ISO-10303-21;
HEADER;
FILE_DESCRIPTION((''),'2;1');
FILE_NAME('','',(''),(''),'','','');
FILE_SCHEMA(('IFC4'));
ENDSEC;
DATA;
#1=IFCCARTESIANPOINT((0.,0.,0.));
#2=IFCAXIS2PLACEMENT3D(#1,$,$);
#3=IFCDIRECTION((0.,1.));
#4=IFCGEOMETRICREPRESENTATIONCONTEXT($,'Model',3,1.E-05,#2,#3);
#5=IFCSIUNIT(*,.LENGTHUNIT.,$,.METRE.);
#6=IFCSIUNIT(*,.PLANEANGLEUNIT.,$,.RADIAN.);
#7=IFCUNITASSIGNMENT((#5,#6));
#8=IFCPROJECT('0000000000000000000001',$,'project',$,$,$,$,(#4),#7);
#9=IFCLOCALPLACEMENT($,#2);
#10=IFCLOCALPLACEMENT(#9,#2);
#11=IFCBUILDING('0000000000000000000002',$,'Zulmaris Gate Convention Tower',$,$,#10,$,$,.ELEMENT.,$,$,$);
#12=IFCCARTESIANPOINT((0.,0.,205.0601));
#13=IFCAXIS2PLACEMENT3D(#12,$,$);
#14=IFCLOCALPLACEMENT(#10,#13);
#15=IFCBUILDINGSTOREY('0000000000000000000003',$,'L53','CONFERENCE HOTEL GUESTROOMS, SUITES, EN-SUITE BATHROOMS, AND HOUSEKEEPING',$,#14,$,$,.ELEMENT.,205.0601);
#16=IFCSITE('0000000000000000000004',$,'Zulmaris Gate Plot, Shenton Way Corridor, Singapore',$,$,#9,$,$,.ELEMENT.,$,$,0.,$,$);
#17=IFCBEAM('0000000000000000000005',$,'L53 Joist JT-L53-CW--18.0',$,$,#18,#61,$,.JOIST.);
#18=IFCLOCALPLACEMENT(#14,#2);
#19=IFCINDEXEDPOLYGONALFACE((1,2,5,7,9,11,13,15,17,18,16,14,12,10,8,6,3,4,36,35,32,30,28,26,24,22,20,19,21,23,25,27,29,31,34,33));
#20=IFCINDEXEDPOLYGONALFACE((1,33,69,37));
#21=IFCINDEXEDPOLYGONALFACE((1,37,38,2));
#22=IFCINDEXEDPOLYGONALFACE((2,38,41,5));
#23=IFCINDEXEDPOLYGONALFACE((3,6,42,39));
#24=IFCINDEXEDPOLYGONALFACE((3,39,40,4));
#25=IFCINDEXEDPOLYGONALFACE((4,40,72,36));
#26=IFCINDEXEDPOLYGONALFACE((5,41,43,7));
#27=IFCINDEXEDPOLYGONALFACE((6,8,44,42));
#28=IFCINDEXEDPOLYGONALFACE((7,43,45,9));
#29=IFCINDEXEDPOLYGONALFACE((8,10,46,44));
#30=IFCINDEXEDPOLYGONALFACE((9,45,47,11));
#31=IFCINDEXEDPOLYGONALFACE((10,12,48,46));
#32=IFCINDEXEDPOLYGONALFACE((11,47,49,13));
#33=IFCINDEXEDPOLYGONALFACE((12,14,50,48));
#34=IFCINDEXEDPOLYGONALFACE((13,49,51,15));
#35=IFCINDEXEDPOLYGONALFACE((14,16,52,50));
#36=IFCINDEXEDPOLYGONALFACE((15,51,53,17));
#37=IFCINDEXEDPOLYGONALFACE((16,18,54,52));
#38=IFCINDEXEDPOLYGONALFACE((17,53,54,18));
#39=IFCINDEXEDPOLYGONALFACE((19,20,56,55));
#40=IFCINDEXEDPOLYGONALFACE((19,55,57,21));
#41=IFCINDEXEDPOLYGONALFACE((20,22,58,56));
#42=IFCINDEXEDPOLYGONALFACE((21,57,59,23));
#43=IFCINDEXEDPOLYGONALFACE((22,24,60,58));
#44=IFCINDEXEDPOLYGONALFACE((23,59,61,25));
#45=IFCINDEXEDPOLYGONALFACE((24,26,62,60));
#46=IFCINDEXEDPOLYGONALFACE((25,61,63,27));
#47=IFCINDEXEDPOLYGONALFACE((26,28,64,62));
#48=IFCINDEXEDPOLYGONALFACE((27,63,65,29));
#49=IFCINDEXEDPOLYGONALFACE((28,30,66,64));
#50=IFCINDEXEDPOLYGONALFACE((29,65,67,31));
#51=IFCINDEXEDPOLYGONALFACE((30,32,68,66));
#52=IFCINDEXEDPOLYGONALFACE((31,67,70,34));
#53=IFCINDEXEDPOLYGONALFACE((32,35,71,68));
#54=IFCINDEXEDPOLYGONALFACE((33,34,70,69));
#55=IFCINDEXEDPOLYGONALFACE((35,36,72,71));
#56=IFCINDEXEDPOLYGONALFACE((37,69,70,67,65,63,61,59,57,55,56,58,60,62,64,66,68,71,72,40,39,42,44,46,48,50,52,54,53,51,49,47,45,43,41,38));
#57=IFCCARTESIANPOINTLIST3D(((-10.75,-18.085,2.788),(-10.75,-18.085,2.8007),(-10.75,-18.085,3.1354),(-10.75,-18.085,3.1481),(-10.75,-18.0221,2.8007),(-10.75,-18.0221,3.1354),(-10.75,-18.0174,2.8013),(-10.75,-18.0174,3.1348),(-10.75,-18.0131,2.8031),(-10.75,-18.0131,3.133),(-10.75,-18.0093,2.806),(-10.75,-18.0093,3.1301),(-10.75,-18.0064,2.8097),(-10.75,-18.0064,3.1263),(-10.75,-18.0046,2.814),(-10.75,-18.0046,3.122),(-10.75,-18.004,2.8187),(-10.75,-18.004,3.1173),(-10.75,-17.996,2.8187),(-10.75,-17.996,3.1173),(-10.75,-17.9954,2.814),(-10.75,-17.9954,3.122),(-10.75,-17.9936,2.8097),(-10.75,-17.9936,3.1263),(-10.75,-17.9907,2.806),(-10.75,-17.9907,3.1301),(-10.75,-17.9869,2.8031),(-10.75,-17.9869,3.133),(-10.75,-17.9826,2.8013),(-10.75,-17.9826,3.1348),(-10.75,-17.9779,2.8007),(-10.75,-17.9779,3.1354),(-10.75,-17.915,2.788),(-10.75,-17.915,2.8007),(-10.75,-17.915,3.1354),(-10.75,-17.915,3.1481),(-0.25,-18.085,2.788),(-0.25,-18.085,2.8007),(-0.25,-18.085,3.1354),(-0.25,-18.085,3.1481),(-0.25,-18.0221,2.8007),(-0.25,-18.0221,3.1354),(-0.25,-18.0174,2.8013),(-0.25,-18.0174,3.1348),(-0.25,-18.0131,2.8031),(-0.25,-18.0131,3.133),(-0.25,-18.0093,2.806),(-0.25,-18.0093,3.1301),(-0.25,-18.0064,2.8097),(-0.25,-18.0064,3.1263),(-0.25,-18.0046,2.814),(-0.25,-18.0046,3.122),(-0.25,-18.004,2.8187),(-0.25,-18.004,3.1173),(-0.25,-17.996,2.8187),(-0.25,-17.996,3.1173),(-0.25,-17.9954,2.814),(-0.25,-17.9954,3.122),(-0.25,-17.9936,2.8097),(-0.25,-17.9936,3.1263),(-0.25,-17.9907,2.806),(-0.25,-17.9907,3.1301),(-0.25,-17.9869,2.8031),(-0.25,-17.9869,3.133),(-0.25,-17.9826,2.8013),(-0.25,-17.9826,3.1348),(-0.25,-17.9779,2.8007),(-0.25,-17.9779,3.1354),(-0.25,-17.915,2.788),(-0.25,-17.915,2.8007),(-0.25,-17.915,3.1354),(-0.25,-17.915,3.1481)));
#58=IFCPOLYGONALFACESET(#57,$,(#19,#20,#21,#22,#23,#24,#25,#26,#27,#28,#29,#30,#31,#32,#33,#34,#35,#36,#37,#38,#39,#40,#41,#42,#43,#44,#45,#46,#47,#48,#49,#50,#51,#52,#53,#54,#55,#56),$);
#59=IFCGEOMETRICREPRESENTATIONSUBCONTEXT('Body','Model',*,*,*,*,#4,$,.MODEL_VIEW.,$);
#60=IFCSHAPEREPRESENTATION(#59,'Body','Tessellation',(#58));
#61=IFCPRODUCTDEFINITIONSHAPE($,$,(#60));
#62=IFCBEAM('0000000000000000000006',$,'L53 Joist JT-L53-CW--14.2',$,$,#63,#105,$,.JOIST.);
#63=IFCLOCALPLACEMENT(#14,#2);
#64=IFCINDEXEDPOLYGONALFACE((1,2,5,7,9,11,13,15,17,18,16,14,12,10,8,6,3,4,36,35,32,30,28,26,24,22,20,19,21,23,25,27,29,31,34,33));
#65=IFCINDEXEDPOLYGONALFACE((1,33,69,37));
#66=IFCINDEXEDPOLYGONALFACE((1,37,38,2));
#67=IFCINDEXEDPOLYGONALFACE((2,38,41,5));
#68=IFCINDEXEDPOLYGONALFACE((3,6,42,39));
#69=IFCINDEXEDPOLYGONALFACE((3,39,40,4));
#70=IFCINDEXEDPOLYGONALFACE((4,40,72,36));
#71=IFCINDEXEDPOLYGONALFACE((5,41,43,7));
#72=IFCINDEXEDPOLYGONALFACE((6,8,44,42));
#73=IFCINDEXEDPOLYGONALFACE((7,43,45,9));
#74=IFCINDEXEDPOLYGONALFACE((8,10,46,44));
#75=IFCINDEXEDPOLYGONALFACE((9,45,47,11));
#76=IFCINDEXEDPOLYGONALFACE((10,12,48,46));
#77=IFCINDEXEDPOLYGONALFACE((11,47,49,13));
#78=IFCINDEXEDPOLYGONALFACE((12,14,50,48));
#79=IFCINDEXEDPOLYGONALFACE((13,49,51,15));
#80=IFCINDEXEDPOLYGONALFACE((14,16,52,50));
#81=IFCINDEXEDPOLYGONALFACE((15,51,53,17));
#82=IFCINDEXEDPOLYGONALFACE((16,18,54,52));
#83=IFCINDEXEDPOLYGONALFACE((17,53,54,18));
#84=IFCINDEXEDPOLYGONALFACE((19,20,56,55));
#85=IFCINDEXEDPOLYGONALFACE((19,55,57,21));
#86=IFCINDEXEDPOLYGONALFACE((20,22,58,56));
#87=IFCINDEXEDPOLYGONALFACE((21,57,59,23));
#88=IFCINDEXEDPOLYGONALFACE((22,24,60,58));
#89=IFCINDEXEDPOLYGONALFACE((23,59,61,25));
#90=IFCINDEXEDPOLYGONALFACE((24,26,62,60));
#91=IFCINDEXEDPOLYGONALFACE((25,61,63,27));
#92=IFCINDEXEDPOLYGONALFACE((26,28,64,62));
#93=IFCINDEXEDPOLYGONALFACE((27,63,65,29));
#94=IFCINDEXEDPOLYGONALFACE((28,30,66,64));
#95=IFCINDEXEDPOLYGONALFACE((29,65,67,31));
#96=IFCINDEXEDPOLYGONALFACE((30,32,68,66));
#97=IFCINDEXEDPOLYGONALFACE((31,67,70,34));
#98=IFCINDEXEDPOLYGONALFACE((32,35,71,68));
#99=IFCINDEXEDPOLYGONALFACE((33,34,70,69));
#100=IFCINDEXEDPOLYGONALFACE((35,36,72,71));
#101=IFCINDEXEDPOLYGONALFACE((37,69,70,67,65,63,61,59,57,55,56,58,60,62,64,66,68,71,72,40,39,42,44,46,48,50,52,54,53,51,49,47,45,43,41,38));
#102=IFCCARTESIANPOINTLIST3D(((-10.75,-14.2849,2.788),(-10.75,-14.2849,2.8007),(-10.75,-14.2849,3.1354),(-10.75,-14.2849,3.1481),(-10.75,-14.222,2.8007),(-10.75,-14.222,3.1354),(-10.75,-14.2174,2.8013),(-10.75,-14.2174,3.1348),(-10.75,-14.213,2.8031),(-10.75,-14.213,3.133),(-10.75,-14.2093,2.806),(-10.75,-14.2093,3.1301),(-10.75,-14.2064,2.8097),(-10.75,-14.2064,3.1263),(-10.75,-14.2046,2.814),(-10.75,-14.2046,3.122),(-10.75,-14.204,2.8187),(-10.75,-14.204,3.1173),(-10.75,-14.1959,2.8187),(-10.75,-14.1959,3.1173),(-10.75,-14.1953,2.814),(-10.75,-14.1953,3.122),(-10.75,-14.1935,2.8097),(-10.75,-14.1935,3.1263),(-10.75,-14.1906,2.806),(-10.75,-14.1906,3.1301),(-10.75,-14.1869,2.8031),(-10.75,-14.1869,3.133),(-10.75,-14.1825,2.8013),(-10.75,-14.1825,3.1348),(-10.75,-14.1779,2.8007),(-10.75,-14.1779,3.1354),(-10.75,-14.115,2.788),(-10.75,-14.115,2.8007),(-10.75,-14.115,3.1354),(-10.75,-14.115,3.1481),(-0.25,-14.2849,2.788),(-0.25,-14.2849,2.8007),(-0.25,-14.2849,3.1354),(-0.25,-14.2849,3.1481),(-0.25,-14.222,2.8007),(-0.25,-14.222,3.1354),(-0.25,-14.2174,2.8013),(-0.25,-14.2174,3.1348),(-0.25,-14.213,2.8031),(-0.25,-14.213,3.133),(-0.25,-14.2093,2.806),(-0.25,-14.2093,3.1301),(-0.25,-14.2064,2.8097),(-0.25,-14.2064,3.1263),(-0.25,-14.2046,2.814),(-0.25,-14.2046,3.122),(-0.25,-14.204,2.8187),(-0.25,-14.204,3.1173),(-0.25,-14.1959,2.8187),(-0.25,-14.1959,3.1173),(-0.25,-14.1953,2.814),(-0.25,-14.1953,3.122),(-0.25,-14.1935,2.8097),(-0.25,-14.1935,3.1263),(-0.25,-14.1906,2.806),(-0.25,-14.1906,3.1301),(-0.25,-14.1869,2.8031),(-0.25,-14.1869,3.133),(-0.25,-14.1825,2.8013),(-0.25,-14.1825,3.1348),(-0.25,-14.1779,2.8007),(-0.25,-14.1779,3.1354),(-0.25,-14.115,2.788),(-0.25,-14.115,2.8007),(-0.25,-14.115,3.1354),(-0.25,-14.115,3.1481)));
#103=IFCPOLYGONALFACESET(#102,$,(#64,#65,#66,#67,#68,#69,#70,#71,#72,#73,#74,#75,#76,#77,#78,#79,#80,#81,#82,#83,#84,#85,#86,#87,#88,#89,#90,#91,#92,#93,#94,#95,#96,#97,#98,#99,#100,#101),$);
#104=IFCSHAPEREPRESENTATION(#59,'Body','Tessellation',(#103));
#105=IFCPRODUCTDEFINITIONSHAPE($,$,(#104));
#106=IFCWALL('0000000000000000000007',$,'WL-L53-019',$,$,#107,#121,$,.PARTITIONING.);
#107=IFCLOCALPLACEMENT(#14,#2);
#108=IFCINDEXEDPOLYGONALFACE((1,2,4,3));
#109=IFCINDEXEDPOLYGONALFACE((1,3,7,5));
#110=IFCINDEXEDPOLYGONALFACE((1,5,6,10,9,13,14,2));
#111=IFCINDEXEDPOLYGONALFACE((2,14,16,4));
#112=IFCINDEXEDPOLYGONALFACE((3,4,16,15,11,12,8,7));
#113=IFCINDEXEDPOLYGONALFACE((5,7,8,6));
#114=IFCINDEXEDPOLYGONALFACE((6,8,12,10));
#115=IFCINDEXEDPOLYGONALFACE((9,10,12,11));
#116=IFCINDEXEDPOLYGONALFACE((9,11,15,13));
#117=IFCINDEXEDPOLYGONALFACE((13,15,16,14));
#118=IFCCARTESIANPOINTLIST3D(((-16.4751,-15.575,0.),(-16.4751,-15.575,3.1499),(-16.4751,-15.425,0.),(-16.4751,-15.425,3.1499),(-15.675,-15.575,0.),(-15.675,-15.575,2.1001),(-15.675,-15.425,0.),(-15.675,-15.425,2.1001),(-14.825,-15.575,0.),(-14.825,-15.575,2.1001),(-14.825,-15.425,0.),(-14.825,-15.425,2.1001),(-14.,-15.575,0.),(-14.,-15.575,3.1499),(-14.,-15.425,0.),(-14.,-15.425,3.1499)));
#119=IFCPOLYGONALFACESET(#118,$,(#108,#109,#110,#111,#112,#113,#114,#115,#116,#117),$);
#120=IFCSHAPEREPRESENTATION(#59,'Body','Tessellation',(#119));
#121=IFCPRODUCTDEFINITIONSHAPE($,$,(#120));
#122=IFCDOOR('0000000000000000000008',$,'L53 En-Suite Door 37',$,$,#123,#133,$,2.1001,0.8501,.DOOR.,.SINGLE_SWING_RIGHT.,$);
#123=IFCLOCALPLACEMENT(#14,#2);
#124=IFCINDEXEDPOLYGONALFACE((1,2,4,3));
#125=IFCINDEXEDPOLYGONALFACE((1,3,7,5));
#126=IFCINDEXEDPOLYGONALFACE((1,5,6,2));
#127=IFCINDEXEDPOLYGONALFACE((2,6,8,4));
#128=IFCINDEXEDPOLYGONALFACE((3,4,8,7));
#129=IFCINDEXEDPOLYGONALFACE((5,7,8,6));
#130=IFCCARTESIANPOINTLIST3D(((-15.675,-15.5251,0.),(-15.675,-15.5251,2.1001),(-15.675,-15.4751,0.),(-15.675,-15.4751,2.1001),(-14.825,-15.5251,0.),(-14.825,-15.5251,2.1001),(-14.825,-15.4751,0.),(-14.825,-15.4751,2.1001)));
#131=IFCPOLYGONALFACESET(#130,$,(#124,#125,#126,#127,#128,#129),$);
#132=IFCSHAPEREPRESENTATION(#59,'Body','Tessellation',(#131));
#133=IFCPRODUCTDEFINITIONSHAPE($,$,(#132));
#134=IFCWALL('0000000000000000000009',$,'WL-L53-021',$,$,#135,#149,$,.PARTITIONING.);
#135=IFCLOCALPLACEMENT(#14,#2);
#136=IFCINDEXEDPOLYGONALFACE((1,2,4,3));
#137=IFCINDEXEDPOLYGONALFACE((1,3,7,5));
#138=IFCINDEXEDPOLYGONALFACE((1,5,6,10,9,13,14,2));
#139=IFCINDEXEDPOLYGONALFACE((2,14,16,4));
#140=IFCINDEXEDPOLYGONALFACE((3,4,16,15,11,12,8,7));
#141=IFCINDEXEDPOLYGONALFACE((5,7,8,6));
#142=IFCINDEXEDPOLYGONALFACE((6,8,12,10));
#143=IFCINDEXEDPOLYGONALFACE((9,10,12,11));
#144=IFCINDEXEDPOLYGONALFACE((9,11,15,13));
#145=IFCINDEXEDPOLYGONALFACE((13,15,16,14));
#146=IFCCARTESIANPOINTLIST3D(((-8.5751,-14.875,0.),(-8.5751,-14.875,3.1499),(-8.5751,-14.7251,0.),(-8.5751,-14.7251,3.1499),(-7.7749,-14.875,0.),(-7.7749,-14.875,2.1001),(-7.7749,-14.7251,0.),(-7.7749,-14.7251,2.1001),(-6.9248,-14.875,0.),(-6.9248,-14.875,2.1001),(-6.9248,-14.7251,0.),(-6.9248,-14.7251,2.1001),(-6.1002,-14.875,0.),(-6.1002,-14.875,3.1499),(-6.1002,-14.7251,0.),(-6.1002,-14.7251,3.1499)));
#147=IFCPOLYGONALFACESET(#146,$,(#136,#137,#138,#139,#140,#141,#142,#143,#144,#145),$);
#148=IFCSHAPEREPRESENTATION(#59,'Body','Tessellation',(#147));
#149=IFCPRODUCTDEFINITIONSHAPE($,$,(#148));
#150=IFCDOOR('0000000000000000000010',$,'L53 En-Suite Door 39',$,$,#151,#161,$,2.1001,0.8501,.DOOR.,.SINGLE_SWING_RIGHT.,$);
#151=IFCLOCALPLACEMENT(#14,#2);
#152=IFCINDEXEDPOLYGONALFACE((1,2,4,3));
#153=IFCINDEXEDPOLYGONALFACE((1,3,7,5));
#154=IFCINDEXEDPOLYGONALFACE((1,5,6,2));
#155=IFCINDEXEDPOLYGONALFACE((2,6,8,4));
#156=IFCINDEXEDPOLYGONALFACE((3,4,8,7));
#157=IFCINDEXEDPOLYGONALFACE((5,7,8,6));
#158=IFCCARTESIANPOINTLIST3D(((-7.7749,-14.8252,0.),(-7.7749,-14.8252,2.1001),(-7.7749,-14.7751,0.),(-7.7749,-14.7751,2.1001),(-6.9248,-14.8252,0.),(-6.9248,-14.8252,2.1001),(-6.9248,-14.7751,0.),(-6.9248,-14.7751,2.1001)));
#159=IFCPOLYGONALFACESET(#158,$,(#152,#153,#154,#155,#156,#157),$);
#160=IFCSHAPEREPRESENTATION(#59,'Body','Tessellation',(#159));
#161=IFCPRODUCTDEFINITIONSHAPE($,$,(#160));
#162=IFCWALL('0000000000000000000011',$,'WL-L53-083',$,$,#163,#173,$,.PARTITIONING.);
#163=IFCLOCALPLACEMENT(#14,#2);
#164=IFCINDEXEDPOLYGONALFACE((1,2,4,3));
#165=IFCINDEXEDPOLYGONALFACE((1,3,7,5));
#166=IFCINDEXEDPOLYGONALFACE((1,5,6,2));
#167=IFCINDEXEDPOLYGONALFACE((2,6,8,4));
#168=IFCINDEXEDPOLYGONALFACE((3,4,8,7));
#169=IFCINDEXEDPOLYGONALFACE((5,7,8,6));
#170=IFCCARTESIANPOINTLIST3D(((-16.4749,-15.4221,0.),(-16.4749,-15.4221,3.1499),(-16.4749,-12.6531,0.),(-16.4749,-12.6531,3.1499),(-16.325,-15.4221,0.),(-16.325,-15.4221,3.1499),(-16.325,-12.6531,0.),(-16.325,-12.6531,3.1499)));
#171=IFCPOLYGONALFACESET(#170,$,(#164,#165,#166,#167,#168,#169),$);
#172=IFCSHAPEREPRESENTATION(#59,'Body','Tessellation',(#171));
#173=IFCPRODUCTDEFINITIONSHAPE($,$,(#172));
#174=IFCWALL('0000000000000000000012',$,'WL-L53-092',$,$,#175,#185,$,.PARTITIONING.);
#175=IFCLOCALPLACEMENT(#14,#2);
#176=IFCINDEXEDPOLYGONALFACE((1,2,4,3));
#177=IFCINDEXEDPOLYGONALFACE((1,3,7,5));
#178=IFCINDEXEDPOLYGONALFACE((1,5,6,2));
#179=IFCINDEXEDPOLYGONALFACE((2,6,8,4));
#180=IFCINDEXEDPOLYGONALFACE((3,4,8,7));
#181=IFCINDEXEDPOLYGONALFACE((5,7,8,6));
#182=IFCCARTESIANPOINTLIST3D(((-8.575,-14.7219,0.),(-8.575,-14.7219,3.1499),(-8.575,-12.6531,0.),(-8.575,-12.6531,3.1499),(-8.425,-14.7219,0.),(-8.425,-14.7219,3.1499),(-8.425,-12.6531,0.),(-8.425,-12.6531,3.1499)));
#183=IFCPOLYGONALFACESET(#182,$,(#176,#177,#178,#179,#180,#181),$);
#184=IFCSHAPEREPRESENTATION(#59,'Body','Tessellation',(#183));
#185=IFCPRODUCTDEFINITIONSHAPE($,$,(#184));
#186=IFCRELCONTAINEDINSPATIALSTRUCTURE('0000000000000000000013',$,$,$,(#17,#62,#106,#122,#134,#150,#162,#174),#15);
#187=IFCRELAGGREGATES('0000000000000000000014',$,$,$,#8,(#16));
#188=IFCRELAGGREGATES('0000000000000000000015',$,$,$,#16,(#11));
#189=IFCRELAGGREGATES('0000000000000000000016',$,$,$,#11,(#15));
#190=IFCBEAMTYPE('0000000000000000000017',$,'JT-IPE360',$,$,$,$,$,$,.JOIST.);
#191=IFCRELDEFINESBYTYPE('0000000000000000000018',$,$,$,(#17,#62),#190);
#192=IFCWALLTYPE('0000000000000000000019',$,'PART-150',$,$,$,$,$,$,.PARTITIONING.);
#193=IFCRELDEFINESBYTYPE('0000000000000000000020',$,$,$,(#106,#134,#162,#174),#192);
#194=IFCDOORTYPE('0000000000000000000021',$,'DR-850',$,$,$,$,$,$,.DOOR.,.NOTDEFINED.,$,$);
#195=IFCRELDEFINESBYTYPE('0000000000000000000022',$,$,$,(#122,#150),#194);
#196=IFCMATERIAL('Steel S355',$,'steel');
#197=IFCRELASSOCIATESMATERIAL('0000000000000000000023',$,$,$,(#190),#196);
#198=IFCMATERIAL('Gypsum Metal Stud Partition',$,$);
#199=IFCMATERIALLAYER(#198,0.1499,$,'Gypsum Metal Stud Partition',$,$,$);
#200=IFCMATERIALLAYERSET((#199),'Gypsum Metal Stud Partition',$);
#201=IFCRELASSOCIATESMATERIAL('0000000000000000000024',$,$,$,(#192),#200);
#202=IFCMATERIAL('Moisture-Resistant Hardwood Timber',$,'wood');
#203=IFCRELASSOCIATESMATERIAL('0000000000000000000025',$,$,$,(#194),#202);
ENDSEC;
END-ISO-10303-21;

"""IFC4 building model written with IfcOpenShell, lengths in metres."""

from ifc_helpers import new_model, si_unit, direction, frame, frame_2d, origin, origin_2d, place, context, subcontext, project, spatial, rectangle, i_section, extrude, material, layer, layer_set, material_profile, profile_set, type_object, element, fill, save


model = new_model("IFC4")

# Units and contexts
model_context = context("Model", 3, precision=1e-05, world=origin(), true_north=direction((0.0, 1.0)))
body_context = subcontext(model_context, "Body", "Model", "MODEL_VIEW")
ifc_project = project(units=[si_unit("LENGTHUNIT", "METRE"), si_unit("PLANEANGLEUNIT", "RADIAN")], contexts=[model_context])

# Site, building, storey
site_placement = place(None, origin())
site = spatial("IfcSite", under=ifc_project, at=site_placement, Name="Zulmaris Gate Plot, Shenton Way Corridor, Singapore", CompositionType="ELEMENT", RefElevation=0.0)
building_placement = place(site_placement, origin())
building = spatial("IfcBuilding", under=site, at=building_placement, Name="Zulmaris Gate Convention Tower", CompositionType="ELEMENT")
storey_placement = place(building_placement, frame((0.0, 0.0, 205.0601)))
storey = spatial("IfcBuildingStorey", under=building, at=storey_placement, Name="L53", Description="CONFERENCE HOTEL GUESTROOMS, SUITES, EN-SUITE BATHROOMS, AND HOUSEKEEPING", CompositionType="ELEMENT", Elevation=205.0601)

# Beams
ifc_material_1 = material(Name="Steel S355", Category="steel")
ifc_material_profile_1 = material_profile(ifc_material_1, i_section(OverallWidth=0.1699, OverallDepth=0.3601, WebThickness=0.0081, FlangeThickness=0.0127, FilletRadius=0.0181, at=origin_2d()), Name="IPE 360")
ifc_profile_set_1 = profile_set([ifc_material_profile_1], Name="Steel S355")
beam_type_1 = type_object("IfcBeamType", Name="JT-IPE360", PredefinedType="JOIST", material=ifc_profile_set_1)
for number, where, z_axis, x_axis, name in (
    (1, (-10.75, -18.0, 2.968), (1.0, 0.0, 0.0), (0.0, 1.0, 0.0), "L53 Joist JT-L53-CW--18.0"),
    (2, (-10.75, -14.2, 2.968), (1.0, 0.0, 0.0), (0.0, 1.0, 0.0), "L53 Joist JT-L53-CW--14.2"),
):
    element("IfcBeam", number, at=place(storey_placement, frame(where, z_axis=z_axis, x_axis=x_axis)), inside=storey, type_object=beam_type_1, Name=name, PredefinedType="JOIST", context=body_context, shape_type="SweptSolid", body=[
        extrude(i_section(OverallWidth=0.1699, OverallDepth=0.3601, WebThickness=0.0081, FlangeThickness=0.0127, FilletRadius=0.0181, at=origin_2d()), origin(), (0.0, 0.0, 1.0), 10.5),
    ])

# Walls, openings, doors
ifc_material_2 = material(Name="Gypsum Metal Stud Partition")
ifc_layer_1 = layer(ifc_material_2, 0.1499, Name="Gypsum Metal Stud Partition")
ifc_layer_set_1 = layer_set([ifc_layer_1], Name="Gypsum Metal Stud Partition")
wall_type_1 = type_object("IfcWallType", Name="PART-150", PredefinedType="PARTITIONING", material=ifc_layer_set_1)
wall_1_placement = place(storey_placement, frame((-16.4751, -15.5, 0.0), z_axis=(0.0, 0.0, 1.0), x_axis=(1.0, 0.0, 0.0)))
wall_1 = element("IfcWall", 3, at=wall_1_placement, inside=storey, type_object=wall_type_1, Name="WL-L53-019", PredefinedType="PARTITIONING", context=body_context, shape_type="SweptSolid", body=[
    extrude(rectangle(XDim=2.4751, YDim=0.1499, at=frame_2d((1.2375, 0.0))), origin(), (0.0, 0.0, 1.0), 3.1499),
])
opening_1_placement = place(wall_1_placement, frame((0.8, 0.0, 0.0)))
opening_1 = element("IfcOpeningElement", 4, at=opening_1_placement, cuts=wall_1, PredefinedType="OPENING", context=body_context, shape_type="SweptSolid", body=[
    extrude(rectangle(XDim=0.8501, YDim=2.1001, at=frame_2d((0.425, 1.05))), frame((0.0, 0.085, 0.0), z_axis=(0.0, -1.0, 0.0), x_axis=(1.0, 0.0, 0.0)), (0.0, 0.0, 1.0), 0.1699),
])
ifc_material_3 = material(Name="Moisture-Resistant Hardwood Timber", Category="wood")
door_type_1 = type_object("IfcDoorType", Name="DR-850", OperationType="NOTDEFINED", PredefinedType="DOOR", material=ifc_material_3)
door_1_placement = place(opening_1_placement, origin())
door_1 = element("IfcDoor", 5, at=door_1_placement, inside=storey, type_object=door_type_1, Name="L53 En-Suite Door 37", OperationType="SINGLE_SWING_RIGHT", OverallHeight=2.1001, OverallWidth=0.8501, PredefinedType="DOOR", context=body_context, shape_type="SweptSolid", body=[
    extrude(rectangle(XDim=0.8501, YDim=2.1001, at=frame_2d((0.425, 1.05))), frame((0.0, 0.0249, 0.0), z_axis=(0.0, -1.0, 0.0), x_axis=(1.0, 0.0, 0.0)), (0.0, 0.0, 1.0), 0.05),
])
fill(opening_1, door_1)
wall_2_placement = place(storey_placement, frame((-8.575, -14.8, 0.0), z_axis=(0.0, 0.0, 1.0), x_axis=(1.0, 0.0, 0.0)))
wall_2 = element("IfcWall", 6, at=wall_2_placement, inside=storey, type_object=wall_type_1, Name="WL-L53-021", PredefinedType="PARTITIONING", context=body_context, shape_type="SweptSolid", body=[
    extrude(rectangle(XDim=2.4749, YDim=0.1499, at=frame_2d((1.2373, 0.0))), origin(), (0.0, 0.0, 1.0), 3.1499),
])
opening_2_placement = place(wall_2_placement, frame((0.8, 0.0, 0.0)))
opening_2 = element("IfcOpeningElement", 7, at=opening_2_placement, cuts=wall_2, PredefinedType="OPENING", context=body_context, shape_type="SweptSolid", body=[
    extrude(rectangle(XDim=0.8501, YDim=2.1001, at=frame_2d((0.425, 1.05))), frame((0.0, 0.085, 0.0), z_axis=(0.0, -1.0, 0.0), x_axis=(1.0, 0.0, 0.0)), (0.0, 0.0, 1.0), 0.1699),
])
door_2_placement = place(opening_2_placement, origin())
door_2 = element("IfcDoor", 8, at=door_2_placement, inside=storey, type_object=door_type_1, Name="L53 En-Suite Door 39", OperationType="SINGLE_SWING_RIGHT", OverallHeight=2.1001, OverallWidth=0.8501, PredefinedType="DOOR", context=body_context, shape_type="SweptSolid", body=[
    extrude(rectangle(XDim=0.8501, YDim=2.1001, at=frame_2d((0.425, 1.05))), frame((0.0, 0.0249, 0.0), z_axis=(0.0, -1.0, 0.0), x_axis=(1.0, 0.0, 0.0)), (0.0, 0.0, 1.0), 0.05),
])
fill(opening_2, door_2)

# Walls
wall_3_placement = place(storey_placement, frame((-16.3999, -15.4221, 0.0), z_axis=(0.0, 0.0, 1.0), x_axis=(0.0, 1.0, 0.0)))
element("IfcWall", 9, at=wall_3_placement, inside=storey, type_object=wall_type_1, Name="WL-L53-083", PredefinedType="PARTITIONING", context=body_context, shape_type="SweptSolid", body=[
    extrude(rectangle(XDim=2.769, YDim=0.1499, at=frame_2d((1.3845, 0.0))), origin(), (0.0, 0.0, 1.0), 3.1499),
])
wall_4_placement = place(storey_placement, frame((-8.5, -14.7219, 0.0), z_axis=(0.0, 0.0, 1.0), x_axis=(0.0, 1.0, 0.0)))
element("IfcWall", 10, at=wall_4_placement, inside=storey, type_object=wall_type_1, Name="WL-L53-092", PredefinedType="PARTITIONING", context=body_context, shape_type="SweptSolid", body=[
    extrude(rectangle(XDim=2.0688, YDim=0.1499, at=frame_2d((1.0344, 0.0))), origin(), (0.0, 0.0, 1.0), 3.1499),
])

save(model, "model.ifc")
